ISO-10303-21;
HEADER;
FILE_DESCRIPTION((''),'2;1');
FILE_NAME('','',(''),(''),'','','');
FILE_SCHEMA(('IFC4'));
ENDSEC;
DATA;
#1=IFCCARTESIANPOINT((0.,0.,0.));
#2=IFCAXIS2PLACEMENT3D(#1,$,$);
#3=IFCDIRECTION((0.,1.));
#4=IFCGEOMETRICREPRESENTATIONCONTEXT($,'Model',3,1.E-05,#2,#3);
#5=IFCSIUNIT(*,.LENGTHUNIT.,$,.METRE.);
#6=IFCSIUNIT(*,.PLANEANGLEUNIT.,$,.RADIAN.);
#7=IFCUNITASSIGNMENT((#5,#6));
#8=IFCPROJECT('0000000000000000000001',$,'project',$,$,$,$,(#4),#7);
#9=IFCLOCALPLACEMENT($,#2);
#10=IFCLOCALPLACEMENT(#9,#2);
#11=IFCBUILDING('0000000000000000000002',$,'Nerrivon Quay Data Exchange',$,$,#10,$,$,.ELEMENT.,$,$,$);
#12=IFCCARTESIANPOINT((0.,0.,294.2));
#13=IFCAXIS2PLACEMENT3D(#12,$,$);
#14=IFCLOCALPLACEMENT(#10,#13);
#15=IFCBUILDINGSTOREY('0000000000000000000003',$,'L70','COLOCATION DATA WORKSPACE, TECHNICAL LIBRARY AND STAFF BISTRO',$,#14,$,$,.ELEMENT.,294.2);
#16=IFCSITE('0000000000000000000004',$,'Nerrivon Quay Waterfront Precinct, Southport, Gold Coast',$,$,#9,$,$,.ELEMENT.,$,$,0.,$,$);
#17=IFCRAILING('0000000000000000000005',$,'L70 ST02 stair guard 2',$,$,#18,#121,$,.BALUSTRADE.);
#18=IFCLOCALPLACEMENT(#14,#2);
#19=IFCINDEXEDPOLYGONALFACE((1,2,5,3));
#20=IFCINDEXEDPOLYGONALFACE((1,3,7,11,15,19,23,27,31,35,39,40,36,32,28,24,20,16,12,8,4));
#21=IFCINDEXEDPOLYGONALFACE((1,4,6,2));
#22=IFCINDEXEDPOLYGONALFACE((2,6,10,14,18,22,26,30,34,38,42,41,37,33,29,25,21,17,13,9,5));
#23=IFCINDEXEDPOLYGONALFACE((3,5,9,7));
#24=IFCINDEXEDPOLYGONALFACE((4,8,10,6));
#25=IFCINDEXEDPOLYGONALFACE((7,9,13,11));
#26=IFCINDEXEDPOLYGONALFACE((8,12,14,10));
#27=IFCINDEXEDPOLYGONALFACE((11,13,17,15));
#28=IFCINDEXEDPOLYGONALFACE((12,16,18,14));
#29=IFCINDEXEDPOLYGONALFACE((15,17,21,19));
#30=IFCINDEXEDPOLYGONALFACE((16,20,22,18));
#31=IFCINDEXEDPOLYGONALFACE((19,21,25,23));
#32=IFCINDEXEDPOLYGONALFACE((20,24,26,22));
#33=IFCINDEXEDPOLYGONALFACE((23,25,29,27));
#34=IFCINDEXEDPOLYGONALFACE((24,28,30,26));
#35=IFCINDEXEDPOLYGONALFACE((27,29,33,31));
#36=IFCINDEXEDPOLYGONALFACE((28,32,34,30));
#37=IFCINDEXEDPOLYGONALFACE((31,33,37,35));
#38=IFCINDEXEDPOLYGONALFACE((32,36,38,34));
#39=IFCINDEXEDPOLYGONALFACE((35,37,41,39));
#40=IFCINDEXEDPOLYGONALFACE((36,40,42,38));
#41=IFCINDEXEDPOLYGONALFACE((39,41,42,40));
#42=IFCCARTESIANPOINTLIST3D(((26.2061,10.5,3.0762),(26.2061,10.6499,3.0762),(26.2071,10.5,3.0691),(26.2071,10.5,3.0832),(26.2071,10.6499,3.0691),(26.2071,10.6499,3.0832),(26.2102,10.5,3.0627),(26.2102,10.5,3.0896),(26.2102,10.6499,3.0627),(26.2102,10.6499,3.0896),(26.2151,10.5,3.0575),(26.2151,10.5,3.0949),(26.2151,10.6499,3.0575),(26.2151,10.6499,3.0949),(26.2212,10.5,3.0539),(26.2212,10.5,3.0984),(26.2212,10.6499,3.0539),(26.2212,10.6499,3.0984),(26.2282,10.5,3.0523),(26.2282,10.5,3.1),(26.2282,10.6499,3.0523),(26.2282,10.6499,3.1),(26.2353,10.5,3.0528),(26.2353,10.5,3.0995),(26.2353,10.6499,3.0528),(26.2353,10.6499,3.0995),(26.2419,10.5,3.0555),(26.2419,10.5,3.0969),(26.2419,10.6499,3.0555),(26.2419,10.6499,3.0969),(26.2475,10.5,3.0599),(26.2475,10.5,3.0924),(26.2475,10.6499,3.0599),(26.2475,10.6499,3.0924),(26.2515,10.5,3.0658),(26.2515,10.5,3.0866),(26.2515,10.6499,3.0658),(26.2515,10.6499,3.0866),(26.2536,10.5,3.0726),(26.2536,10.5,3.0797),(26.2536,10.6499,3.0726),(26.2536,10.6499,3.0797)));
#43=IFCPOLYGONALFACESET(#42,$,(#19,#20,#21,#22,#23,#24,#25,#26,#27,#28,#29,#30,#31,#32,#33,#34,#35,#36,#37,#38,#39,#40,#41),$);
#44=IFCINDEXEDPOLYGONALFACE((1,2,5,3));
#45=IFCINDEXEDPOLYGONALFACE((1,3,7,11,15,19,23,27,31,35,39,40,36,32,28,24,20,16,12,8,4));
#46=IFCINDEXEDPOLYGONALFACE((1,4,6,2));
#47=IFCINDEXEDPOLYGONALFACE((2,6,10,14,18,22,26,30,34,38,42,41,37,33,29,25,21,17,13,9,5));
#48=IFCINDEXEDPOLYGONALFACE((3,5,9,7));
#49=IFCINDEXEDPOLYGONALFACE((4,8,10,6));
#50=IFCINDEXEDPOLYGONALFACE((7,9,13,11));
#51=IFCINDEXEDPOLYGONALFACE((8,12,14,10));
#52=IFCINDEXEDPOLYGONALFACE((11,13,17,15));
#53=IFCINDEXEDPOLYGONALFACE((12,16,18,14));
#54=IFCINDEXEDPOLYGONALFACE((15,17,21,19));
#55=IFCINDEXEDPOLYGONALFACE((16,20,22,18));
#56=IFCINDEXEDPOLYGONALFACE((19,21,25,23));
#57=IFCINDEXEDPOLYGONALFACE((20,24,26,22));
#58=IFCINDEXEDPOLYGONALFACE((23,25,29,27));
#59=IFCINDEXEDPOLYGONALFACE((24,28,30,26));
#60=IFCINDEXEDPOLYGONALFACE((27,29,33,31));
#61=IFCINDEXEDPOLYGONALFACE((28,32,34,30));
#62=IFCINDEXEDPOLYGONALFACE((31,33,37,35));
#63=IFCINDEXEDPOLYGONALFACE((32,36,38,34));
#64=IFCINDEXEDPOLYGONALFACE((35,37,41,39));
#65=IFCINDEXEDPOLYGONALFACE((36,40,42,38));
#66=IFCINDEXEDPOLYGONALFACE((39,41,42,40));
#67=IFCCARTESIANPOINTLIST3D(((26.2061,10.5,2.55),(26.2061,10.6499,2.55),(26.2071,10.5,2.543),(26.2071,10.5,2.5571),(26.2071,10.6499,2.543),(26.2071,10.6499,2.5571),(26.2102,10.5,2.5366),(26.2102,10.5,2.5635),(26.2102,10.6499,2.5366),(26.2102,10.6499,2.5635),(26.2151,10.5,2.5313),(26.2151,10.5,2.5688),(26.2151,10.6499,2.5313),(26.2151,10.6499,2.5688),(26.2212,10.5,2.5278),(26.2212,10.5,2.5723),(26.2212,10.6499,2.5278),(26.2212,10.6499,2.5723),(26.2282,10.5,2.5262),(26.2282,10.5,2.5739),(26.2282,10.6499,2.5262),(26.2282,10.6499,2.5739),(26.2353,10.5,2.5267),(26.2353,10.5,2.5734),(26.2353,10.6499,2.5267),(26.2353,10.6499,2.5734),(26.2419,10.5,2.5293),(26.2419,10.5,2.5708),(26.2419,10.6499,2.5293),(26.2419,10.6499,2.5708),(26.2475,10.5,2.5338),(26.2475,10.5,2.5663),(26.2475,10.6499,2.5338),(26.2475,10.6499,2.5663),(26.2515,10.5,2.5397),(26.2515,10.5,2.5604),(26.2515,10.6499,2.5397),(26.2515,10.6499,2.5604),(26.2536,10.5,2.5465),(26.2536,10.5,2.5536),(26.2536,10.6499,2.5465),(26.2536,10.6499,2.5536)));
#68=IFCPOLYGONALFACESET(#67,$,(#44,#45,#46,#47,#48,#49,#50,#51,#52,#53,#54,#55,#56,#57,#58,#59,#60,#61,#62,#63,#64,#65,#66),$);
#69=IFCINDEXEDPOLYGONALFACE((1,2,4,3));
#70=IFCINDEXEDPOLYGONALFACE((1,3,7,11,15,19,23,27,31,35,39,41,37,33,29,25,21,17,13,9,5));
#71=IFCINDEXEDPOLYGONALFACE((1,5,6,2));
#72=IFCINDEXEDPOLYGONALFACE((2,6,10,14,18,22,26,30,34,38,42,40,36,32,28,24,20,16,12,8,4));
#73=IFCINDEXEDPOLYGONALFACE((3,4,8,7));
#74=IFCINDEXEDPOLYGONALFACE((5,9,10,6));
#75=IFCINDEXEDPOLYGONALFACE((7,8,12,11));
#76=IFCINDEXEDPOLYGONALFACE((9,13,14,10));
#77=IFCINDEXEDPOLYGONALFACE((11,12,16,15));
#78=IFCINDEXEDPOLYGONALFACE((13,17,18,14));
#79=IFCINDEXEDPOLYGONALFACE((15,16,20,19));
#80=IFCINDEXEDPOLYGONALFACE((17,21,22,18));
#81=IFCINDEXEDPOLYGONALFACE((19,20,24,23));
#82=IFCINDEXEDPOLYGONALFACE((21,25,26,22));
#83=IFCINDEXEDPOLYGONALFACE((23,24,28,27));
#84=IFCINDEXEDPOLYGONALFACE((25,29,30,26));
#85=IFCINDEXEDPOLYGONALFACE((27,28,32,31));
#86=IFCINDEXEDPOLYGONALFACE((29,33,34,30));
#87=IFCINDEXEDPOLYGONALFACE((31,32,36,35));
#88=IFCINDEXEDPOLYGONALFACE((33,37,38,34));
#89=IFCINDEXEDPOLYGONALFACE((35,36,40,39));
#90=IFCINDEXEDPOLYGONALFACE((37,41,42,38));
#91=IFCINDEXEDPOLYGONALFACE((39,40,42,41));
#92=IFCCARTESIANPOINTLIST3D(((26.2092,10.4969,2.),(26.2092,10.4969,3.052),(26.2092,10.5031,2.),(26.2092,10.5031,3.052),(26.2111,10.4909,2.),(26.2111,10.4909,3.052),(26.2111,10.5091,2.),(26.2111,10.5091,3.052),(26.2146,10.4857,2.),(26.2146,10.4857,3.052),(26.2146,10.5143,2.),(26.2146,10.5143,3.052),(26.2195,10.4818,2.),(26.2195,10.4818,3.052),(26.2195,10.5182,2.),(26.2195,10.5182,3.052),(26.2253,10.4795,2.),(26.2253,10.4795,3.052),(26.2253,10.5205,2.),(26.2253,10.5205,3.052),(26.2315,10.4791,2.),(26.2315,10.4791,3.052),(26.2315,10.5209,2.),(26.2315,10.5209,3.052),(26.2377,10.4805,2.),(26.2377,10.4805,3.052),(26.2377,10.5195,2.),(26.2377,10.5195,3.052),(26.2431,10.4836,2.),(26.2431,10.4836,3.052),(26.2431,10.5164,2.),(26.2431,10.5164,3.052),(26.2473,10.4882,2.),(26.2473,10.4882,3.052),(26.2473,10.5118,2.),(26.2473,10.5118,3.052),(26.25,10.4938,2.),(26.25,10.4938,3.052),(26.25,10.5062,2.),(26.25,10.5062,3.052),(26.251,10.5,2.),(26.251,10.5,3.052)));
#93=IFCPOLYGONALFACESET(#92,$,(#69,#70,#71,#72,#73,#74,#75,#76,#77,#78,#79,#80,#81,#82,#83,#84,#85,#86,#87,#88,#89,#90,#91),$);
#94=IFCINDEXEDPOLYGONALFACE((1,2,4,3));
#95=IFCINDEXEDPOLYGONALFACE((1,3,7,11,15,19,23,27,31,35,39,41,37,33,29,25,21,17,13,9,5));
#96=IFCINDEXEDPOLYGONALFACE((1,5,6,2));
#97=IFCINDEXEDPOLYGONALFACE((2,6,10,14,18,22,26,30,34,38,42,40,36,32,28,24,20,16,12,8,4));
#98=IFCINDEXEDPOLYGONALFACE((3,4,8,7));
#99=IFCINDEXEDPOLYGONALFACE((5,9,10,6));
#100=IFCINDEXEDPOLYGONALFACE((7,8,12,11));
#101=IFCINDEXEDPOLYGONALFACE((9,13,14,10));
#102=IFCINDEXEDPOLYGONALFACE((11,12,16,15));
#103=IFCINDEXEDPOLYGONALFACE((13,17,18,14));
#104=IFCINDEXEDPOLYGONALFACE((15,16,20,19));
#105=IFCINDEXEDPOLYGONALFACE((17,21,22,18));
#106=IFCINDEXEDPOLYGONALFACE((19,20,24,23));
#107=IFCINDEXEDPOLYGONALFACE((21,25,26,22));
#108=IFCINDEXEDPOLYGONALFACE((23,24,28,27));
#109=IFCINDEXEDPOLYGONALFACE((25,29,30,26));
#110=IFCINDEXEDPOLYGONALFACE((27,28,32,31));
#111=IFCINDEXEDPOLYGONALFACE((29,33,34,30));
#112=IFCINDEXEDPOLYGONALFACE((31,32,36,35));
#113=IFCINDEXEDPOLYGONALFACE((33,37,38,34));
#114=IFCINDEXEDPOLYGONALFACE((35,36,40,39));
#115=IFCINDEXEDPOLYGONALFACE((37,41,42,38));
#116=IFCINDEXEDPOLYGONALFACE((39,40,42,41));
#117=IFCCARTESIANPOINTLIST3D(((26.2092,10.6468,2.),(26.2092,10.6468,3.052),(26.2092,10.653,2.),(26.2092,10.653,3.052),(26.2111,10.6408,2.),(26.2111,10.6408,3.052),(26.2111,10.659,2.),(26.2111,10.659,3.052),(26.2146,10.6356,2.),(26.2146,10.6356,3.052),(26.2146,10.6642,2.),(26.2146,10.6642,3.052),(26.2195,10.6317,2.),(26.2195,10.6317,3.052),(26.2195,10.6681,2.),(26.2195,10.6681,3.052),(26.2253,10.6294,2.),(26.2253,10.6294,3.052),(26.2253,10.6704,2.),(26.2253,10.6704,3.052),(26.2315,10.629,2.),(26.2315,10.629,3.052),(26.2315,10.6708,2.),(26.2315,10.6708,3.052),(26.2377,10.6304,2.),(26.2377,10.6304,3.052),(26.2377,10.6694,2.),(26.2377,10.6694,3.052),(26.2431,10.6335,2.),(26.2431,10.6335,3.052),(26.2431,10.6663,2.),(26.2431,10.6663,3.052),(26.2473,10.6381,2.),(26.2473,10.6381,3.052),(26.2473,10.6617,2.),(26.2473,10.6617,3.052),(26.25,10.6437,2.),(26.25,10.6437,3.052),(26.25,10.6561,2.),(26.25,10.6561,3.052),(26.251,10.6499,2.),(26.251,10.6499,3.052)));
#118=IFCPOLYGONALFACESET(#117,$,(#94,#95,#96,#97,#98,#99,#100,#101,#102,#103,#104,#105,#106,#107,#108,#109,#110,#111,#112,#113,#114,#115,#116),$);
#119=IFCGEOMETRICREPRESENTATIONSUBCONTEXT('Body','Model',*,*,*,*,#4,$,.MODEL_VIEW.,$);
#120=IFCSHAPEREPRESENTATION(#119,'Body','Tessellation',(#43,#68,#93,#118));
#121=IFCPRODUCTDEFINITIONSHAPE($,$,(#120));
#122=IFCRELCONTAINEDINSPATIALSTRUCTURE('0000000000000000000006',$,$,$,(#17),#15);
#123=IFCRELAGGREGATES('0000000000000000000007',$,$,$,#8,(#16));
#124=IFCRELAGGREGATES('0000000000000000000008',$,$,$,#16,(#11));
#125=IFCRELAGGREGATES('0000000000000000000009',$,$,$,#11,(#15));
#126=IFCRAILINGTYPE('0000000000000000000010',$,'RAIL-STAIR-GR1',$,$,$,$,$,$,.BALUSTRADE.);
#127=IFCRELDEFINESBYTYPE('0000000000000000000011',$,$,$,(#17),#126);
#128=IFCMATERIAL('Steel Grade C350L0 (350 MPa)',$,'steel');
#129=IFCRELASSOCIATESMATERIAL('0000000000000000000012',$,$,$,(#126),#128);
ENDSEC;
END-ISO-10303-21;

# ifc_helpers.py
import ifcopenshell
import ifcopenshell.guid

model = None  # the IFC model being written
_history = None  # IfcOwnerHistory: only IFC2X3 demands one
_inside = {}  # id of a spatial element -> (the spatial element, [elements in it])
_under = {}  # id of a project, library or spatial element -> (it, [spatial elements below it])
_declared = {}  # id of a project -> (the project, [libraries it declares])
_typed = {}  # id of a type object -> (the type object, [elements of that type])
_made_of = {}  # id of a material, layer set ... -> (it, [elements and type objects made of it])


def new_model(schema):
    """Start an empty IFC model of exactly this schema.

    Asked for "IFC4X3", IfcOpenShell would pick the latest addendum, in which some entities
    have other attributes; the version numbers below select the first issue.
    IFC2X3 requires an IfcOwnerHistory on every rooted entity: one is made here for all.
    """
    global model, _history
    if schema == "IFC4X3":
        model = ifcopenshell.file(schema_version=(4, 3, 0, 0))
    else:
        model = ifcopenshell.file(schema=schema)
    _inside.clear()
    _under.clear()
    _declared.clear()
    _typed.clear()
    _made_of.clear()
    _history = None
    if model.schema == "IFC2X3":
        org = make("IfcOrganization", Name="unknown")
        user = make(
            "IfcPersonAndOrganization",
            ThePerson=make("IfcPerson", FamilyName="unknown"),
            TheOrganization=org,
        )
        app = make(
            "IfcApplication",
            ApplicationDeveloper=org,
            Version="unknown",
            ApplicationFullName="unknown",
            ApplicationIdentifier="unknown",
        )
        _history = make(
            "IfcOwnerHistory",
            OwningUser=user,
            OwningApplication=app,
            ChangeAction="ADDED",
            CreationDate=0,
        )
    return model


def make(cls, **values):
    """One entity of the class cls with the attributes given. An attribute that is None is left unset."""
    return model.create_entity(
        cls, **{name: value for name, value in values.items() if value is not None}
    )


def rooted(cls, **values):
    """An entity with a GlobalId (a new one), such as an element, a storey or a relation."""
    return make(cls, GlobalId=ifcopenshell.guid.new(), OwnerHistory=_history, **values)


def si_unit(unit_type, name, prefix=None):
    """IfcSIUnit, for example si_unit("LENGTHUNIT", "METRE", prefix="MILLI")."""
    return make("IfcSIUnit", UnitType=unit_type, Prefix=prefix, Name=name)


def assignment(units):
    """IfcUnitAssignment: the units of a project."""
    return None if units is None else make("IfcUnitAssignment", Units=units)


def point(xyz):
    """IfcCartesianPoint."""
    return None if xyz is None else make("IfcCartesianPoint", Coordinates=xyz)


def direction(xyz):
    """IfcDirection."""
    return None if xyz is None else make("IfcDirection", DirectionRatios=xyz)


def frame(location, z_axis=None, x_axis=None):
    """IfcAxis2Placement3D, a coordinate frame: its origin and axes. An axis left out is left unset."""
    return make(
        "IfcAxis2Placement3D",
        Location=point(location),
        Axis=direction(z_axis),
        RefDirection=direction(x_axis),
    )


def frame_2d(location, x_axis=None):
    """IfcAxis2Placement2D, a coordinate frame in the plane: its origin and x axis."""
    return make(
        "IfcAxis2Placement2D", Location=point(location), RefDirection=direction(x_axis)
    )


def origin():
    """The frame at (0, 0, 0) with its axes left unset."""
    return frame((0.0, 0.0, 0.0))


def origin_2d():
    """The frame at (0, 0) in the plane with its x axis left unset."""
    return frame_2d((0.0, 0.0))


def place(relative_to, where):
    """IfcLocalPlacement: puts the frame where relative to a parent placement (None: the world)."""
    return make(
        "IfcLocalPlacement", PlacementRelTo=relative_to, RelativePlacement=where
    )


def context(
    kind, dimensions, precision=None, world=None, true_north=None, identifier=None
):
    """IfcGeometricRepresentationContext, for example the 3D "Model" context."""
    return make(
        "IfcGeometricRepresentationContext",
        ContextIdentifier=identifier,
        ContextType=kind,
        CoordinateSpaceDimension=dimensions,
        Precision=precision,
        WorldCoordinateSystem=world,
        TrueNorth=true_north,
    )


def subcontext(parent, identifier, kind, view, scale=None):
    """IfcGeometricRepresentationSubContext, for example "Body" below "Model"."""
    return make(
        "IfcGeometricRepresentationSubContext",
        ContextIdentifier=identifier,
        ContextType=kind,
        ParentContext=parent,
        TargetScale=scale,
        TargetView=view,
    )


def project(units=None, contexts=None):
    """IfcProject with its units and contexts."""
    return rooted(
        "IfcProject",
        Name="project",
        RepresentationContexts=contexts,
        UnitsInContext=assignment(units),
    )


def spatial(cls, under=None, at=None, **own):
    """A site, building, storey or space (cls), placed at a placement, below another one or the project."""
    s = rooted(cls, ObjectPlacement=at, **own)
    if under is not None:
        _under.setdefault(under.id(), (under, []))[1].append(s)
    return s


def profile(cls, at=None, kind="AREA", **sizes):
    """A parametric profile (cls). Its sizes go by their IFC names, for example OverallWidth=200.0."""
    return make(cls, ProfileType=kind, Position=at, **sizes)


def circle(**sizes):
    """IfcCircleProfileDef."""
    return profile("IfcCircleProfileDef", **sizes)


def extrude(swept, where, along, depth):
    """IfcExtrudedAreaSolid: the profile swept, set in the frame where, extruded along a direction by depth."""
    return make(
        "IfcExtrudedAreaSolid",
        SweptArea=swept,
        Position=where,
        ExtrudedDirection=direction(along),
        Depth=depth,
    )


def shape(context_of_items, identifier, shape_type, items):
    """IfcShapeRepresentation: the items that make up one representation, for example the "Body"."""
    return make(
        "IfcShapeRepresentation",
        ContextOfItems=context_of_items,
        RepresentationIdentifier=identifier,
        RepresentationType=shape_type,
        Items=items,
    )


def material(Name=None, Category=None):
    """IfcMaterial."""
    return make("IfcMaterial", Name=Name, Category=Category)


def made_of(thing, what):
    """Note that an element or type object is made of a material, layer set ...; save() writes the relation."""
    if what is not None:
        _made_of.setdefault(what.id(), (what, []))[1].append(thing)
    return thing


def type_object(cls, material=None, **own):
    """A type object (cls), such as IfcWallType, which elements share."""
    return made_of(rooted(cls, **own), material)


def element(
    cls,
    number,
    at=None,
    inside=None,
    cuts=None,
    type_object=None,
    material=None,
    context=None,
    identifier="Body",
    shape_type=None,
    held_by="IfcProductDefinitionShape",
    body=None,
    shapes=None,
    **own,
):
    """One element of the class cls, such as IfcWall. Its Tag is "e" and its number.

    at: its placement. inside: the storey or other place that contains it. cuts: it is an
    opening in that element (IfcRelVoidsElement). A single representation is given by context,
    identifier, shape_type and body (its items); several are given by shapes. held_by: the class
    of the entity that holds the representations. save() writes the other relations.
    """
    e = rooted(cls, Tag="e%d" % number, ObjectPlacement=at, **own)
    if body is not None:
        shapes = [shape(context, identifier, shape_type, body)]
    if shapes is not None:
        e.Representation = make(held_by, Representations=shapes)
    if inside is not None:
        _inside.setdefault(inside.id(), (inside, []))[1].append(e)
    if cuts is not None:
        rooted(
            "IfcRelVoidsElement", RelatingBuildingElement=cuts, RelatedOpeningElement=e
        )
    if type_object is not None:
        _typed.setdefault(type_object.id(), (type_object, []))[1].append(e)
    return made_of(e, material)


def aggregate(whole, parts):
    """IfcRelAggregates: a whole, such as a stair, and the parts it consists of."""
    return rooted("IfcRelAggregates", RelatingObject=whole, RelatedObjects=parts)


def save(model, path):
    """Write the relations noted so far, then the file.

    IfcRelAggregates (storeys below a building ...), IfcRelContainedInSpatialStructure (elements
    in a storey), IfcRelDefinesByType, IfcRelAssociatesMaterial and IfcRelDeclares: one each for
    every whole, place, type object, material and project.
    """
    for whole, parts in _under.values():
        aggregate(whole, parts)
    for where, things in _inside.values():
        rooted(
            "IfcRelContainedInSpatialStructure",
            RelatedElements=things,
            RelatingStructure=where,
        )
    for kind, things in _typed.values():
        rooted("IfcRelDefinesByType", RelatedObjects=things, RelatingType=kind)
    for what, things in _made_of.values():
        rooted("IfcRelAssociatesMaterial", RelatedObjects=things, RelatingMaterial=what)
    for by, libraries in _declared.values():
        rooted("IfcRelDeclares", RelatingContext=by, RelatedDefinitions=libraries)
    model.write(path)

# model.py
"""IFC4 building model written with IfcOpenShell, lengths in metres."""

from ifc_helpers import new_model, si_unit, direction, frame, origin, origin_2d, place, context, subcontext, project, spatial, circle, extrude, material, type_object, element, save


model = new_model("IFC4")

# Units and contexts
model_context = context("Model", 3, precision=1e-05, world=origin(), true_north=direction((0.0, 1.0)))
body_context = subcontext(model_context, "Body", "Model", "MODEL_VIEW")
ifc_project = project(units=[si_unit("LENGTHUNIT", "METRE"), si_unit("PLANEANGLEUNIT", "RADIAN")], contexts=[model_context])

# Site, building, storey
site_placement = place(None, origin())
site = spatial("IfcSite", under=ifc_project, at=site_placement, Name="Nerrivon Quay Waterfront Precinct, Southport, Gold Coast", CompositionType="ELEMENT", RefElevation=0.0)
building_placement = place(site_placement, origin())
building = spatial("IfcBuilding", under=site, at=building_placement, Name="Nerrivon Quay Data Exchange", CompositionType="ELEMENT")
storey_placement = place(building_placement, frame((0.0, 0.0, 294.2)))
storey = spatial("IfcBuildingStorey", under=building, at=storey_placement, Name="L70", Description="COLOCATION DATA WORKSPACE, TECHNICAL LIBRARY AND STAFF BISTRO", CompositionType="ELEMENT", Elevation=294.2)

# Railing
ifc_material_1 = material(Name="Steel Grade C350L0 (350 MPa)", Category="steel")
railing_type_1 = type_object("IfcRailingType", Name="RAIL-STAIR-GR1", PredefinedType="BALUSTRADE", material=ifc_material_1)
railing_1_placement = place(storey_placement, frame((26.23, 10.5, 2.0)))
element("IfcRailing", 1, at=railing_1_placement, inside=storey, type_object=railing_type_1, Name="L70 ST02 stair guard 2", PredefinedType="BALUSTRADE", context=body_context, shape_type="SweptSolid", body=[
    extrude(circle(Radius=0.0239, at=origin_2d()), frame((0.0, 0.0, 1.0762), z_axis=(0.0, 1.0, 0.0), x_axis=(-1.0, 0.0, 0.0)), (0.0, 0.0, 1.0), 0.1499),
    extrude(circle(Radius=0.0239, at=origin_2d()), frame((0.0, 0.0, 0.55), z_axis=(0.0, 1.0, 0.0), x_axis=(-1.0, 0.0, 0.0)), (0.0, 0.0, 1.0), 0.1499),
    extrude(circle(Radius=0.021, at=origin_2d()), origin(), (0.0, 0.0, 1.0), 1.052),
    extrude(circle(Radius=0.021, at=origin_2d()), frame((0.0, 0.1499, 0.0)), (0.0, 0.0, 1.0), 1.052),
])

save(model, "model.ifc")
